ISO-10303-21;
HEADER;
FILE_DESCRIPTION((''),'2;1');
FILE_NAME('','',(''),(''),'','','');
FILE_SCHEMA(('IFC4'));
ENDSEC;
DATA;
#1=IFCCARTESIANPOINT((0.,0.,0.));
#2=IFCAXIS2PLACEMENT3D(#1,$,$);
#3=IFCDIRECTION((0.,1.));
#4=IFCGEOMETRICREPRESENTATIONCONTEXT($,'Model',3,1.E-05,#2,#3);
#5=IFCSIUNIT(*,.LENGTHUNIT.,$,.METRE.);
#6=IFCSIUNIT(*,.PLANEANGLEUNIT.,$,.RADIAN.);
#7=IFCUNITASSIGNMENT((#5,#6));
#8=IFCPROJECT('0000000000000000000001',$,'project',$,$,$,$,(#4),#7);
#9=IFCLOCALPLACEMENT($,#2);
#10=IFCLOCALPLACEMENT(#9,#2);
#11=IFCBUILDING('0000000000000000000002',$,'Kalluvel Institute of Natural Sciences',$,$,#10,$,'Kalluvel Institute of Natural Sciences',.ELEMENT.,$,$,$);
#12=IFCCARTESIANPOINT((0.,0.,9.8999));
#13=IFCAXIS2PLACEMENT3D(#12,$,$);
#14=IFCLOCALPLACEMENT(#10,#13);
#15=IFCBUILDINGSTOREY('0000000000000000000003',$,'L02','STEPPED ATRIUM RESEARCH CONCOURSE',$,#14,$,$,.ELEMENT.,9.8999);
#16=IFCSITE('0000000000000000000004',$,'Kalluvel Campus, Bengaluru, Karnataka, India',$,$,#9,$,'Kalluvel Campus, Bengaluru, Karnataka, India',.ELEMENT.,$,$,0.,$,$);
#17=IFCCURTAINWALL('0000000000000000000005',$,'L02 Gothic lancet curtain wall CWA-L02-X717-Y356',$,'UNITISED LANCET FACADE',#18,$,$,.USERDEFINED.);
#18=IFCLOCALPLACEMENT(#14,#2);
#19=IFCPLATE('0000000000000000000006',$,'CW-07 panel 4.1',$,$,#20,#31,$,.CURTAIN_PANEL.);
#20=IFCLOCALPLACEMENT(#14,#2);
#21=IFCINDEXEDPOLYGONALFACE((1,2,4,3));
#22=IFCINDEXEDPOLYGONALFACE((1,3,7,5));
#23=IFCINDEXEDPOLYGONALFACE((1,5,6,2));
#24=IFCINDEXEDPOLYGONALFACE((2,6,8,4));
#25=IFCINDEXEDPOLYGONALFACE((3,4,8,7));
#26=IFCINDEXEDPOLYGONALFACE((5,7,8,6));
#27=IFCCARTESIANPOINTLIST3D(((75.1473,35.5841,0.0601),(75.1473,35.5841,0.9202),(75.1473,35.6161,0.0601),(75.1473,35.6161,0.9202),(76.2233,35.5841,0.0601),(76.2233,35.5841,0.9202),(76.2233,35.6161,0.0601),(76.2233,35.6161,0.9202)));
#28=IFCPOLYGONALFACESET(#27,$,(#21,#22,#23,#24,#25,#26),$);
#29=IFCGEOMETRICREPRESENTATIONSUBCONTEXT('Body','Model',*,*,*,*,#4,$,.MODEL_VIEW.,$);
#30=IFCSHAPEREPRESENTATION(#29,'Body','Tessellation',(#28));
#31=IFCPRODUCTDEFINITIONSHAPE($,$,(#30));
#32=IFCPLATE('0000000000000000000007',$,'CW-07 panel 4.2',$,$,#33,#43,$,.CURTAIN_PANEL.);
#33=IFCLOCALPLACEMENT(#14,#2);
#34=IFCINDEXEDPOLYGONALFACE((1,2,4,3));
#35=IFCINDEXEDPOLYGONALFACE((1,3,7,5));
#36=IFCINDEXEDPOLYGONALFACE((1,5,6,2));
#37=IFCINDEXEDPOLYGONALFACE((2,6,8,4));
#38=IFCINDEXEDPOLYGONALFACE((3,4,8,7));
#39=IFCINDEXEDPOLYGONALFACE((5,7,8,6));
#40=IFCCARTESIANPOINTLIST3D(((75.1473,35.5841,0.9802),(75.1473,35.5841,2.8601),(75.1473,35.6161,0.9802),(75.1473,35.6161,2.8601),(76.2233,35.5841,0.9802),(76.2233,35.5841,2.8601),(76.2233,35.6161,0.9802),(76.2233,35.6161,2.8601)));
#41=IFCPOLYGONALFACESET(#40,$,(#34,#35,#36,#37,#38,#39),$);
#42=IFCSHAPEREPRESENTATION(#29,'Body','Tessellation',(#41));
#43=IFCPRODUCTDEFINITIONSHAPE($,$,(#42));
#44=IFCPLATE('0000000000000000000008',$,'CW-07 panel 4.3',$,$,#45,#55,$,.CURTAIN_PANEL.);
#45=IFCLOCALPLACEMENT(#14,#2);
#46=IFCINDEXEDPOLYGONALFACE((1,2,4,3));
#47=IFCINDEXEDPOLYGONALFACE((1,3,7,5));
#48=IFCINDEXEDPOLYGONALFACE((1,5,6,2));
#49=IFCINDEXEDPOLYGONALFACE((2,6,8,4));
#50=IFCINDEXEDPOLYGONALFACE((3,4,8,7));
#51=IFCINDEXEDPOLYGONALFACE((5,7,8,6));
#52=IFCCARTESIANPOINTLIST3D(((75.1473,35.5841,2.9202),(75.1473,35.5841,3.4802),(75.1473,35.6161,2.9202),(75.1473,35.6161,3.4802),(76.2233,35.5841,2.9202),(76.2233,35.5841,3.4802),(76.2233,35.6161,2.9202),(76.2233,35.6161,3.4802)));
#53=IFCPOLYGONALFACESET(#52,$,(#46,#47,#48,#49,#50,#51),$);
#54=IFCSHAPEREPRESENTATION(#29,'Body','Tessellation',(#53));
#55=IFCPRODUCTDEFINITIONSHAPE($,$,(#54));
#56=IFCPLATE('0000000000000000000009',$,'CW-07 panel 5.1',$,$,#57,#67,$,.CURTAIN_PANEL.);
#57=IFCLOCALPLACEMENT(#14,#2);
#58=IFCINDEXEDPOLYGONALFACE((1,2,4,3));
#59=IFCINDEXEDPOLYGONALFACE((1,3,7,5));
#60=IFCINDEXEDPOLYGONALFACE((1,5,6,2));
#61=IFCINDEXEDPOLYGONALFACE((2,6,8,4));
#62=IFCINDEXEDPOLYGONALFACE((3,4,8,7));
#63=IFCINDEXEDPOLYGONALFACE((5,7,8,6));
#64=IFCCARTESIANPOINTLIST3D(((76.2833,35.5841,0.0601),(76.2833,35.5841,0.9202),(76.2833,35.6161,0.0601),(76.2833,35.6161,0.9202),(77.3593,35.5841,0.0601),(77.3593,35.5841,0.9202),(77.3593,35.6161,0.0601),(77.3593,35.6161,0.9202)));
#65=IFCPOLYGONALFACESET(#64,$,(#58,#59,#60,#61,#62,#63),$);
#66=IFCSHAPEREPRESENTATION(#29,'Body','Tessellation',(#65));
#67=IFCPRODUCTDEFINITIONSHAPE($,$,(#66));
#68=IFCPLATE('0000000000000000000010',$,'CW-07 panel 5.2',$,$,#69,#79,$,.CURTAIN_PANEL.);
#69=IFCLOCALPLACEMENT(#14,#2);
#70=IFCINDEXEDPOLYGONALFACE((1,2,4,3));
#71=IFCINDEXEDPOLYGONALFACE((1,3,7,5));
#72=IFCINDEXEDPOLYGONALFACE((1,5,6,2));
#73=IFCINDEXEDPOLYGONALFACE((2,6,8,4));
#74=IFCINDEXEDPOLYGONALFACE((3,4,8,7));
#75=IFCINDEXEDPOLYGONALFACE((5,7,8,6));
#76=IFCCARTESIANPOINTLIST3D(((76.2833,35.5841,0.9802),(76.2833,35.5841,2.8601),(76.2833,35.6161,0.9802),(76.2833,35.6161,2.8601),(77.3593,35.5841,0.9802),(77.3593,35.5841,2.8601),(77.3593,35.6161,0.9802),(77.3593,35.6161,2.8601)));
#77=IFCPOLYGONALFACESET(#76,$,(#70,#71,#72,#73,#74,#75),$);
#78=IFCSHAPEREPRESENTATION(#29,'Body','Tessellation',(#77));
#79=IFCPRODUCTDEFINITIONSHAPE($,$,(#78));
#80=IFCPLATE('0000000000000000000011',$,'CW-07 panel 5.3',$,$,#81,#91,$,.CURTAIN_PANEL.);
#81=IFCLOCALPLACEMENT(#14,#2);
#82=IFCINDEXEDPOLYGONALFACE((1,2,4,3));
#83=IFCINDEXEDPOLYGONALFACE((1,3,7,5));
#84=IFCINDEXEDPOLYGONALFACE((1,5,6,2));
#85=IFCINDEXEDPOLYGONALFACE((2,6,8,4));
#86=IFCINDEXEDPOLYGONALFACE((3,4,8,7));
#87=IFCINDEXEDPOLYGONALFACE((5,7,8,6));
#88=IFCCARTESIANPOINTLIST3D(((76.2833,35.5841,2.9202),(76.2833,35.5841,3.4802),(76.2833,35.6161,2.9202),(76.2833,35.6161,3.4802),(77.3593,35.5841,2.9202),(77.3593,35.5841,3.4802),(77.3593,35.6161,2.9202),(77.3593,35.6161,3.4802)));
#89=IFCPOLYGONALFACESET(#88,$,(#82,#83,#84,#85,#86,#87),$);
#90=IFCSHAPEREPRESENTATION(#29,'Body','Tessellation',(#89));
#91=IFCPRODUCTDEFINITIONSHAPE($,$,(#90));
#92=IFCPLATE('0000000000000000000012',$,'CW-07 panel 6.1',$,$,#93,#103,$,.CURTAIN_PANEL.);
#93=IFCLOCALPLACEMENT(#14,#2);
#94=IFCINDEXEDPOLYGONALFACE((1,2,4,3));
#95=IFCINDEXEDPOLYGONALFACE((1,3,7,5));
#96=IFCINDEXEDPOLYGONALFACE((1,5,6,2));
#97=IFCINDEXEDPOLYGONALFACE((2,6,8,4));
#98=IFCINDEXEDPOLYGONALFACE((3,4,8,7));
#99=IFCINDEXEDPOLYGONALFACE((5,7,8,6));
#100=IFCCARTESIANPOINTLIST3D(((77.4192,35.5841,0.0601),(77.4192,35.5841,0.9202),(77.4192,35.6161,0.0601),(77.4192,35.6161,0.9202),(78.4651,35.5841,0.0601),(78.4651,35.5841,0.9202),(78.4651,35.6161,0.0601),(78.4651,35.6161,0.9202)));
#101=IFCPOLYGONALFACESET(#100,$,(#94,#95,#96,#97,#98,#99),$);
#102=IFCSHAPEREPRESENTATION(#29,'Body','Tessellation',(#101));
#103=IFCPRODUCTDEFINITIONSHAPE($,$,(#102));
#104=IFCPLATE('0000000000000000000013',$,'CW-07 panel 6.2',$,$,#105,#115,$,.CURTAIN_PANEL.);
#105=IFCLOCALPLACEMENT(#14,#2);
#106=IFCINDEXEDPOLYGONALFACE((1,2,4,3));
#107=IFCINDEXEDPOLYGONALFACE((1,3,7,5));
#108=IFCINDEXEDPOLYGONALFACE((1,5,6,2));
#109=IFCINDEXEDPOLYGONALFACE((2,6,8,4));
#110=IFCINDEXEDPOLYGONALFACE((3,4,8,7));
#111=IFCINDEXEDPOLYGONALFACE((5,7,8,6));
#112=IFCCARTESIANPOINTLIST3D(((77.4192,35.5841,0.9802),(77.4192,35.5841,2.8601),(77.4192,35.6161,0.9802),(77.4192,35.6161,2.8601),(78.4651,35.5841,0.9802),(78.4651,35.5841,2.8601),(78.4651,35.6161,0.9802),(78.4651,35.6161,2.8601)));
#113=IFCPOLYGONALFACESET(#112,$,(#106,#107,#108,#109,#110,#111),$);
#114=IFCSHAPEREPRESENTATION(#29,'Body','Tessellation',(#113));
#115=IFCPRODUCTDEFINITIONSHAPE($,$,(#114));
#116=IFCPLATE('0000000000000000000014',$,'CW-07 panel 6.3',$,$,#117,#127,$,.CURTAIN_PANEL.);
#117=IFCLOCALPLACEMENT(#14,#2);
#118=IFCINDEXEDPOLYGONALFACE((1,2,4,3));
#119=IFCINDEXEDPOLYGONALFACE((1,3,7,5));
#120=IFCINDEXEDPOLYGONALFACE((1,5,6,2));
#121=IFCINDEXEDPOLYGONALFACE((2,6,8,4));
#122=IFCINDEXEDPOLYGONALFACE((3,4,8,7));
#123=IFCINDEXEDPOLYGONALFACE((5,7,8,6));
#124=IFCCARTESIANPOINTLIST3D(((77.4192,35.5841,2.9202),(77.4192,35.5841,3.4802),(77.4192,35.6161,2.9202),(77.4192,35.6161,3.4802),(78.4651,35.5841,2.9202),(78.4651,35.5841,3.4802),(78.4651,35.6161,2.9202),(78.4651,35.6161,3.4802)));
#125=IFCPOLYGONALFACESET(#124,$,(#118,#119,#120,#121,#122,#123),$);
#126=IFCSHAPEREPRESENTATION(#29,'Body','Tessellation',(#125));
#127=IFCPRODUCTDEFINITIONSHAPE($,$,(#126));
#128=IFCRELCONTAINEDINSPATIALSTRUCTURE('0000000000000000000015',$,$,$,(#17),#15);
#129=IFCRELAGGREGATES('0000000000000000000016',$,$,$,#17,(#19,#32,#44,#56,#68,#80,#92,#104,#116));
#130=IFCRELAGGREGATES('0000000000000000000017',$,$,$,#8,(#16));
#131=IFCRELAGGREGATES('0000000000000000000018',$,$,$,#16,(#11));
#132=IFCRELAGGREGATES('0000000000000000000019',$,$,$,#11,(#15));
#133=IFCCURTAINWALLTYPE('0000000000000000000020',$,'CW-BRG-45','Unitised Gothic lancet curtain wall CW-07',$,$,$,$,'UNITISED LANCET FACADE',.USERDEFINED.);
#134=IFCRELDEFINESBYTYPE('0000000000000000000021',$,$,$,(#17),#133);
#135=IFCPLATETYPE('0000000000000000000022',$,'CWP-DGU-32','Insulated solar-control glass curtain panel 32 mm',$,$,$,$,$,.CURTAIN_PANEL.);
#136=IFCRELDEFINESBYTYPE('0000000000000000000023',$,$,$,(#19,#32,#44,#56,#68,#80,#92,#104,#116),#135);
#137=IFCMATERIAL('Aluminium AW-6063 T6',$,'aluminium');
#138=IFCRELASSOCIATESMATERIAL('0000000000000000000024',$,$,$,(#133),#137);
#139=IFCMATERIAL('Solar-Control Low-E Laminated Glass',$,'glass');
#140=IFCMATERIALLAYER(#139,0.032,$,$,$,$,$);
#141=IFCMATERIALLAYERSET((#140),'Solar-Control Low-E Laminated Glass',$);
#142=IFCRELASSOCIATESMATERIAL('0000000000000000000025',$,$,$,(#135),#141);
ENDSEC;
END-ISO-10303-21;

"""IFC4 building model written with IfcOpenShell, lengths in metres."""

from ifc_helpers import new_model, si_unit, direction, frame, origin, origin_2d, place, context, subcontext, project, spatial, rectangle, extrude, material, layer, layer_set, type_object, element, aggregate, save


model = new_model("IFC4")

# Units and contexts
model_context = context("Model", 3, precision=1e-05, world=origin(), true_north=direction((0.0, 1.0)))
body_context = subcontext(model_context, "Body", "Model", "MODEL_VIEW")
ifc_project = project(units=[si_unit("LENGTHUNIT", "METRE"), si_unit("PLANEANGLEUNIT", "RADIAN")], contexts=[model_context])

# Site, building, storey
site_placement = place(None, origin())
site = spatial("IfcSite", under=ifc_project, at=site_placement, Name="Kalluvel Campus, Bengaluru, Karnataka, India", LongName="Kalluvel Campus, Bengaluru, Karnataka, India", CompositionType="ELEMENT", RefElevation=0.0)
building_placement = place(site_placement, origin())
building = spatial("IfcBuilding", under=site, at=building_placement, Name="Kalluvel Institute of Natural Sciences", LongName="Kalluvel Institute of Natural Sciences", CompositionType="ELEMENT")
storey_placement = place(building_placement, frame((0.0, 0.0, 9.8999)))
storey = spatial("IfcBuildingStorey", under=building, at=storey_placement, Name="L02", Description="STEPPED ATRIUM RESEARCH CONCOURSE", CompositionType="ELEMENT", Elevation=9.8999)

# Curtain wall
ifc_material_1 = material(Name="Aluminium AW-6063 T6", Category="aluminium")
curtain_wall_type = type_object("IfcCurtainWallType", Name="CW-BRG-45", Description="Unitised Gothic lancet curtain wall CW-07", ElementType="UNITISED LANCET FACADE", PredefinedType="USERDEFINED", material=ifc_material_1)
curtain_wall_1_placement = place(storey_placement, origin())
curtain_wall_1 = element("IfcCurtainWall", 1, at=curtain_wall_1_placement, inside=storey, type_object=curtain_wall_type, Name="L02 Gothic lancet curtain wall CWA-L02-X717-Y356", ObjectType="UNITISED LANCET FACADE", PredefinedType="USERDEFINED")

# Plates
ifc_material_2 = material(Name="Solar-Control Low-E Laminated Glass", Category="glass")
ifc_layer = layer(ifc_material_2, 0.032)
ifc_layer_set = layer_set([ifc_layer], Name="Solar-Control Low-E Laminated Glass")
plate_type = type_object("IfcPlateType", Name="CWP-DGU-32", Description="Insulated solar-control glass curtain panel 32 mm", PredefinedType="CURTAIN_PANEL", material=ifc_layer_set)
plate_1_placement = place(storey_placement, frame((75.6853, 35.6001, 0.0601), z_axis=(0.0, 0.0, 1.0), x_axis=(1.0, 0.0, 0.0)))
plate_1 = element("IfcPlate", 2, at=plate_1_placement, type_object=plate_type, Name="CW-07 panel 4.1", PredefinedType="CURTAIN_PANEL", context=body_context, shape_type="SweptSolid", body=[
    extrude(rectangle(XDim=1.0759, YDim=0.032, at=origin_2d()), origin(), (0.0, 0.0, 1.0), 0.8601),
])
plate_2_placement = place(storey_placement, frame((75.6853, 35.6001, 0.9802), z_axis=(0.0, 0.0, 1.0), x_axis=(1.0, 0.0, 0.0)))
plate_2 = element("IfcPlate", 3, at=plate_2_placement, type_object=plate_type, Name="CW-07 panel 4.2", PredefinedType="CURTAIN_PANEL", context=body_context, shape_type="SweptSolid", body=[
    extrude(rectangle(XDim=1.0759, YDim=0.032, at=origin_2d()), origin(), (0.0, 0.0, 1.0), 1.8799),
])
plate_3_placement = place(storey_placement, frame((75.6853, 35.6001, 2.9202), z_axis=(0.0, 0.0, 1.0), x_axis=(1.0, 0.0, 0.0)))
plate_3 = element("IfcPlate", 4, at=plate_3_placement, type_object=plate_type, Name="CW-07 panel 4.3", PredefinedType="CURTAIN_PANEL", context=body_context, shape_type="SweptSolid", body=[
    extrude(rectangle(XDim=1.0759, YDim=0.032, at=origin_2d()), origin(), (0.0, 0.0, 1.0), 0.5601),
])
plate_4_placement = place(storey_placement, frame((76.8213, 35.6001, 0.0601), z_axis=(0.0, 0.0, 1.0), x_axis=(1.0, 0.0, 0.0)))
plate_4 = element("IfcPlate", 5, at=plate_4_placement, type_object=plate_type, Name="CW-07 panel 5.1", PredefinedType="CURTAIN_PANEL", context=body_context, shape_type="SweptSolid", body=[
    extrude(rectangle(XDim=1.0759, YDim=0.032, at=origin_2d()), origin(), (0.0, 0.0, 1.0), 0.8601),
])
plate_5_placement = place(storey_placement, frame((76.8213, 35.6001, 0.9802), z_axis=(0.0, 0.0, 1.0), x_axis=(1.0, 0.0, 0.0)))
plate_5 = element("IfcPlate", 6, at=plate_5_placement, type_object=plate_type, Name="CW-07 panel 5.2", PredefinedType="CURTAIN_PANEL", context=body_context, shape_type="SweptSolid", body=[
    extrude(rectangle(XDim=1.0759, YDim=0.032, at=origin_2d()), origin(), (0.0, 0.0, 1.0), 1.8799),
])
plate_6_placement = place(storey_placement, frame((76.8213, 35.6001, 2.9202), z_axis=(0.0, 0.0, 1.0), x_axis=(1.0, 0.0, 0.0)))
plate_6 = element("IfcPlate", 7, at=plate_6_placement, type_object=plate_type, Name="CW-07 panel 5.3", PredefinedType="CURTAIN_PANEL", context=body_context, shape_type="SweptSolid", body=[
    extrude(rectangle(XDim=1.0759, YDim=0.032, at=origin_2d()), origin(), (0.0, 0.0, 1.0), 0.5601),
])
plate_7_placement = place(storey_placement, frame((77.9421, 35.6001, 0.0601), z_axis=(0.0, 0.0, 1.0), x_axis=(1.0, 0.0, 0.0)))
plate_7 = element("IfcPlate", 8, at=plate_7_placement, type_object=plate_type, Name="CW-07 panel 6.1", PredefinedType="CURTAIN_PANEL", context=body_context, shape_type="SweptSolid", body=[
    extrude(rectangle(XDim=1.0459, YDim=0.032, at=origin_2d()), origin(), (0.0, 0.0, 1.0), 0.8601),
])
plate_8_placement = place(storey_placement, frame((77.9421, 35.6001, 0.9802), z_axis=(0.0, 0.0, 1.0), x_axis=(1.0, 0.0, 0.0)))
plate_8 = element("IfcPlate", 9, at=plate_8_placement, type_object=plate_type, Name="CW-07 panel 6.2", PredefinedType="CURTAIN_PANEL", context=body_context, shape_type="SweptSolid", body=[
    extrude(rectangle(XDim=1.0459, YDim=0.032, at=origin_2d()), origin(), (0.0, 0.0, 1.0), 1.8799),
])
plate_9_placement = place(storey_placement, frame((77.9421, 35.6001, 2.9202), z_axis=(0.0, 0.0, 1.0), x_axis=(1.0, 0.0, 0.0)))
plate_9 = element("IfcPlate", 10, at=plate_9_placement, type_object=plate_type, Name="CW-07 panel 6.3", PredefinedType="CURTAIN_PANEL", context=body_context, shape_type="SweptSolid", body=[
    extrude(rectangle(XDim=1.0459, YDim=0.032, at=origin_2d()), origin(), (0.0, 0.0, 1.0), 0.5601),
])
aggregate(curtain_wall_1, [plate_1, plate_2, plate_3, plate_4, plate_5, plate_6, plate_7, plate_8, plate_9])

save(model, "model.ifc")
